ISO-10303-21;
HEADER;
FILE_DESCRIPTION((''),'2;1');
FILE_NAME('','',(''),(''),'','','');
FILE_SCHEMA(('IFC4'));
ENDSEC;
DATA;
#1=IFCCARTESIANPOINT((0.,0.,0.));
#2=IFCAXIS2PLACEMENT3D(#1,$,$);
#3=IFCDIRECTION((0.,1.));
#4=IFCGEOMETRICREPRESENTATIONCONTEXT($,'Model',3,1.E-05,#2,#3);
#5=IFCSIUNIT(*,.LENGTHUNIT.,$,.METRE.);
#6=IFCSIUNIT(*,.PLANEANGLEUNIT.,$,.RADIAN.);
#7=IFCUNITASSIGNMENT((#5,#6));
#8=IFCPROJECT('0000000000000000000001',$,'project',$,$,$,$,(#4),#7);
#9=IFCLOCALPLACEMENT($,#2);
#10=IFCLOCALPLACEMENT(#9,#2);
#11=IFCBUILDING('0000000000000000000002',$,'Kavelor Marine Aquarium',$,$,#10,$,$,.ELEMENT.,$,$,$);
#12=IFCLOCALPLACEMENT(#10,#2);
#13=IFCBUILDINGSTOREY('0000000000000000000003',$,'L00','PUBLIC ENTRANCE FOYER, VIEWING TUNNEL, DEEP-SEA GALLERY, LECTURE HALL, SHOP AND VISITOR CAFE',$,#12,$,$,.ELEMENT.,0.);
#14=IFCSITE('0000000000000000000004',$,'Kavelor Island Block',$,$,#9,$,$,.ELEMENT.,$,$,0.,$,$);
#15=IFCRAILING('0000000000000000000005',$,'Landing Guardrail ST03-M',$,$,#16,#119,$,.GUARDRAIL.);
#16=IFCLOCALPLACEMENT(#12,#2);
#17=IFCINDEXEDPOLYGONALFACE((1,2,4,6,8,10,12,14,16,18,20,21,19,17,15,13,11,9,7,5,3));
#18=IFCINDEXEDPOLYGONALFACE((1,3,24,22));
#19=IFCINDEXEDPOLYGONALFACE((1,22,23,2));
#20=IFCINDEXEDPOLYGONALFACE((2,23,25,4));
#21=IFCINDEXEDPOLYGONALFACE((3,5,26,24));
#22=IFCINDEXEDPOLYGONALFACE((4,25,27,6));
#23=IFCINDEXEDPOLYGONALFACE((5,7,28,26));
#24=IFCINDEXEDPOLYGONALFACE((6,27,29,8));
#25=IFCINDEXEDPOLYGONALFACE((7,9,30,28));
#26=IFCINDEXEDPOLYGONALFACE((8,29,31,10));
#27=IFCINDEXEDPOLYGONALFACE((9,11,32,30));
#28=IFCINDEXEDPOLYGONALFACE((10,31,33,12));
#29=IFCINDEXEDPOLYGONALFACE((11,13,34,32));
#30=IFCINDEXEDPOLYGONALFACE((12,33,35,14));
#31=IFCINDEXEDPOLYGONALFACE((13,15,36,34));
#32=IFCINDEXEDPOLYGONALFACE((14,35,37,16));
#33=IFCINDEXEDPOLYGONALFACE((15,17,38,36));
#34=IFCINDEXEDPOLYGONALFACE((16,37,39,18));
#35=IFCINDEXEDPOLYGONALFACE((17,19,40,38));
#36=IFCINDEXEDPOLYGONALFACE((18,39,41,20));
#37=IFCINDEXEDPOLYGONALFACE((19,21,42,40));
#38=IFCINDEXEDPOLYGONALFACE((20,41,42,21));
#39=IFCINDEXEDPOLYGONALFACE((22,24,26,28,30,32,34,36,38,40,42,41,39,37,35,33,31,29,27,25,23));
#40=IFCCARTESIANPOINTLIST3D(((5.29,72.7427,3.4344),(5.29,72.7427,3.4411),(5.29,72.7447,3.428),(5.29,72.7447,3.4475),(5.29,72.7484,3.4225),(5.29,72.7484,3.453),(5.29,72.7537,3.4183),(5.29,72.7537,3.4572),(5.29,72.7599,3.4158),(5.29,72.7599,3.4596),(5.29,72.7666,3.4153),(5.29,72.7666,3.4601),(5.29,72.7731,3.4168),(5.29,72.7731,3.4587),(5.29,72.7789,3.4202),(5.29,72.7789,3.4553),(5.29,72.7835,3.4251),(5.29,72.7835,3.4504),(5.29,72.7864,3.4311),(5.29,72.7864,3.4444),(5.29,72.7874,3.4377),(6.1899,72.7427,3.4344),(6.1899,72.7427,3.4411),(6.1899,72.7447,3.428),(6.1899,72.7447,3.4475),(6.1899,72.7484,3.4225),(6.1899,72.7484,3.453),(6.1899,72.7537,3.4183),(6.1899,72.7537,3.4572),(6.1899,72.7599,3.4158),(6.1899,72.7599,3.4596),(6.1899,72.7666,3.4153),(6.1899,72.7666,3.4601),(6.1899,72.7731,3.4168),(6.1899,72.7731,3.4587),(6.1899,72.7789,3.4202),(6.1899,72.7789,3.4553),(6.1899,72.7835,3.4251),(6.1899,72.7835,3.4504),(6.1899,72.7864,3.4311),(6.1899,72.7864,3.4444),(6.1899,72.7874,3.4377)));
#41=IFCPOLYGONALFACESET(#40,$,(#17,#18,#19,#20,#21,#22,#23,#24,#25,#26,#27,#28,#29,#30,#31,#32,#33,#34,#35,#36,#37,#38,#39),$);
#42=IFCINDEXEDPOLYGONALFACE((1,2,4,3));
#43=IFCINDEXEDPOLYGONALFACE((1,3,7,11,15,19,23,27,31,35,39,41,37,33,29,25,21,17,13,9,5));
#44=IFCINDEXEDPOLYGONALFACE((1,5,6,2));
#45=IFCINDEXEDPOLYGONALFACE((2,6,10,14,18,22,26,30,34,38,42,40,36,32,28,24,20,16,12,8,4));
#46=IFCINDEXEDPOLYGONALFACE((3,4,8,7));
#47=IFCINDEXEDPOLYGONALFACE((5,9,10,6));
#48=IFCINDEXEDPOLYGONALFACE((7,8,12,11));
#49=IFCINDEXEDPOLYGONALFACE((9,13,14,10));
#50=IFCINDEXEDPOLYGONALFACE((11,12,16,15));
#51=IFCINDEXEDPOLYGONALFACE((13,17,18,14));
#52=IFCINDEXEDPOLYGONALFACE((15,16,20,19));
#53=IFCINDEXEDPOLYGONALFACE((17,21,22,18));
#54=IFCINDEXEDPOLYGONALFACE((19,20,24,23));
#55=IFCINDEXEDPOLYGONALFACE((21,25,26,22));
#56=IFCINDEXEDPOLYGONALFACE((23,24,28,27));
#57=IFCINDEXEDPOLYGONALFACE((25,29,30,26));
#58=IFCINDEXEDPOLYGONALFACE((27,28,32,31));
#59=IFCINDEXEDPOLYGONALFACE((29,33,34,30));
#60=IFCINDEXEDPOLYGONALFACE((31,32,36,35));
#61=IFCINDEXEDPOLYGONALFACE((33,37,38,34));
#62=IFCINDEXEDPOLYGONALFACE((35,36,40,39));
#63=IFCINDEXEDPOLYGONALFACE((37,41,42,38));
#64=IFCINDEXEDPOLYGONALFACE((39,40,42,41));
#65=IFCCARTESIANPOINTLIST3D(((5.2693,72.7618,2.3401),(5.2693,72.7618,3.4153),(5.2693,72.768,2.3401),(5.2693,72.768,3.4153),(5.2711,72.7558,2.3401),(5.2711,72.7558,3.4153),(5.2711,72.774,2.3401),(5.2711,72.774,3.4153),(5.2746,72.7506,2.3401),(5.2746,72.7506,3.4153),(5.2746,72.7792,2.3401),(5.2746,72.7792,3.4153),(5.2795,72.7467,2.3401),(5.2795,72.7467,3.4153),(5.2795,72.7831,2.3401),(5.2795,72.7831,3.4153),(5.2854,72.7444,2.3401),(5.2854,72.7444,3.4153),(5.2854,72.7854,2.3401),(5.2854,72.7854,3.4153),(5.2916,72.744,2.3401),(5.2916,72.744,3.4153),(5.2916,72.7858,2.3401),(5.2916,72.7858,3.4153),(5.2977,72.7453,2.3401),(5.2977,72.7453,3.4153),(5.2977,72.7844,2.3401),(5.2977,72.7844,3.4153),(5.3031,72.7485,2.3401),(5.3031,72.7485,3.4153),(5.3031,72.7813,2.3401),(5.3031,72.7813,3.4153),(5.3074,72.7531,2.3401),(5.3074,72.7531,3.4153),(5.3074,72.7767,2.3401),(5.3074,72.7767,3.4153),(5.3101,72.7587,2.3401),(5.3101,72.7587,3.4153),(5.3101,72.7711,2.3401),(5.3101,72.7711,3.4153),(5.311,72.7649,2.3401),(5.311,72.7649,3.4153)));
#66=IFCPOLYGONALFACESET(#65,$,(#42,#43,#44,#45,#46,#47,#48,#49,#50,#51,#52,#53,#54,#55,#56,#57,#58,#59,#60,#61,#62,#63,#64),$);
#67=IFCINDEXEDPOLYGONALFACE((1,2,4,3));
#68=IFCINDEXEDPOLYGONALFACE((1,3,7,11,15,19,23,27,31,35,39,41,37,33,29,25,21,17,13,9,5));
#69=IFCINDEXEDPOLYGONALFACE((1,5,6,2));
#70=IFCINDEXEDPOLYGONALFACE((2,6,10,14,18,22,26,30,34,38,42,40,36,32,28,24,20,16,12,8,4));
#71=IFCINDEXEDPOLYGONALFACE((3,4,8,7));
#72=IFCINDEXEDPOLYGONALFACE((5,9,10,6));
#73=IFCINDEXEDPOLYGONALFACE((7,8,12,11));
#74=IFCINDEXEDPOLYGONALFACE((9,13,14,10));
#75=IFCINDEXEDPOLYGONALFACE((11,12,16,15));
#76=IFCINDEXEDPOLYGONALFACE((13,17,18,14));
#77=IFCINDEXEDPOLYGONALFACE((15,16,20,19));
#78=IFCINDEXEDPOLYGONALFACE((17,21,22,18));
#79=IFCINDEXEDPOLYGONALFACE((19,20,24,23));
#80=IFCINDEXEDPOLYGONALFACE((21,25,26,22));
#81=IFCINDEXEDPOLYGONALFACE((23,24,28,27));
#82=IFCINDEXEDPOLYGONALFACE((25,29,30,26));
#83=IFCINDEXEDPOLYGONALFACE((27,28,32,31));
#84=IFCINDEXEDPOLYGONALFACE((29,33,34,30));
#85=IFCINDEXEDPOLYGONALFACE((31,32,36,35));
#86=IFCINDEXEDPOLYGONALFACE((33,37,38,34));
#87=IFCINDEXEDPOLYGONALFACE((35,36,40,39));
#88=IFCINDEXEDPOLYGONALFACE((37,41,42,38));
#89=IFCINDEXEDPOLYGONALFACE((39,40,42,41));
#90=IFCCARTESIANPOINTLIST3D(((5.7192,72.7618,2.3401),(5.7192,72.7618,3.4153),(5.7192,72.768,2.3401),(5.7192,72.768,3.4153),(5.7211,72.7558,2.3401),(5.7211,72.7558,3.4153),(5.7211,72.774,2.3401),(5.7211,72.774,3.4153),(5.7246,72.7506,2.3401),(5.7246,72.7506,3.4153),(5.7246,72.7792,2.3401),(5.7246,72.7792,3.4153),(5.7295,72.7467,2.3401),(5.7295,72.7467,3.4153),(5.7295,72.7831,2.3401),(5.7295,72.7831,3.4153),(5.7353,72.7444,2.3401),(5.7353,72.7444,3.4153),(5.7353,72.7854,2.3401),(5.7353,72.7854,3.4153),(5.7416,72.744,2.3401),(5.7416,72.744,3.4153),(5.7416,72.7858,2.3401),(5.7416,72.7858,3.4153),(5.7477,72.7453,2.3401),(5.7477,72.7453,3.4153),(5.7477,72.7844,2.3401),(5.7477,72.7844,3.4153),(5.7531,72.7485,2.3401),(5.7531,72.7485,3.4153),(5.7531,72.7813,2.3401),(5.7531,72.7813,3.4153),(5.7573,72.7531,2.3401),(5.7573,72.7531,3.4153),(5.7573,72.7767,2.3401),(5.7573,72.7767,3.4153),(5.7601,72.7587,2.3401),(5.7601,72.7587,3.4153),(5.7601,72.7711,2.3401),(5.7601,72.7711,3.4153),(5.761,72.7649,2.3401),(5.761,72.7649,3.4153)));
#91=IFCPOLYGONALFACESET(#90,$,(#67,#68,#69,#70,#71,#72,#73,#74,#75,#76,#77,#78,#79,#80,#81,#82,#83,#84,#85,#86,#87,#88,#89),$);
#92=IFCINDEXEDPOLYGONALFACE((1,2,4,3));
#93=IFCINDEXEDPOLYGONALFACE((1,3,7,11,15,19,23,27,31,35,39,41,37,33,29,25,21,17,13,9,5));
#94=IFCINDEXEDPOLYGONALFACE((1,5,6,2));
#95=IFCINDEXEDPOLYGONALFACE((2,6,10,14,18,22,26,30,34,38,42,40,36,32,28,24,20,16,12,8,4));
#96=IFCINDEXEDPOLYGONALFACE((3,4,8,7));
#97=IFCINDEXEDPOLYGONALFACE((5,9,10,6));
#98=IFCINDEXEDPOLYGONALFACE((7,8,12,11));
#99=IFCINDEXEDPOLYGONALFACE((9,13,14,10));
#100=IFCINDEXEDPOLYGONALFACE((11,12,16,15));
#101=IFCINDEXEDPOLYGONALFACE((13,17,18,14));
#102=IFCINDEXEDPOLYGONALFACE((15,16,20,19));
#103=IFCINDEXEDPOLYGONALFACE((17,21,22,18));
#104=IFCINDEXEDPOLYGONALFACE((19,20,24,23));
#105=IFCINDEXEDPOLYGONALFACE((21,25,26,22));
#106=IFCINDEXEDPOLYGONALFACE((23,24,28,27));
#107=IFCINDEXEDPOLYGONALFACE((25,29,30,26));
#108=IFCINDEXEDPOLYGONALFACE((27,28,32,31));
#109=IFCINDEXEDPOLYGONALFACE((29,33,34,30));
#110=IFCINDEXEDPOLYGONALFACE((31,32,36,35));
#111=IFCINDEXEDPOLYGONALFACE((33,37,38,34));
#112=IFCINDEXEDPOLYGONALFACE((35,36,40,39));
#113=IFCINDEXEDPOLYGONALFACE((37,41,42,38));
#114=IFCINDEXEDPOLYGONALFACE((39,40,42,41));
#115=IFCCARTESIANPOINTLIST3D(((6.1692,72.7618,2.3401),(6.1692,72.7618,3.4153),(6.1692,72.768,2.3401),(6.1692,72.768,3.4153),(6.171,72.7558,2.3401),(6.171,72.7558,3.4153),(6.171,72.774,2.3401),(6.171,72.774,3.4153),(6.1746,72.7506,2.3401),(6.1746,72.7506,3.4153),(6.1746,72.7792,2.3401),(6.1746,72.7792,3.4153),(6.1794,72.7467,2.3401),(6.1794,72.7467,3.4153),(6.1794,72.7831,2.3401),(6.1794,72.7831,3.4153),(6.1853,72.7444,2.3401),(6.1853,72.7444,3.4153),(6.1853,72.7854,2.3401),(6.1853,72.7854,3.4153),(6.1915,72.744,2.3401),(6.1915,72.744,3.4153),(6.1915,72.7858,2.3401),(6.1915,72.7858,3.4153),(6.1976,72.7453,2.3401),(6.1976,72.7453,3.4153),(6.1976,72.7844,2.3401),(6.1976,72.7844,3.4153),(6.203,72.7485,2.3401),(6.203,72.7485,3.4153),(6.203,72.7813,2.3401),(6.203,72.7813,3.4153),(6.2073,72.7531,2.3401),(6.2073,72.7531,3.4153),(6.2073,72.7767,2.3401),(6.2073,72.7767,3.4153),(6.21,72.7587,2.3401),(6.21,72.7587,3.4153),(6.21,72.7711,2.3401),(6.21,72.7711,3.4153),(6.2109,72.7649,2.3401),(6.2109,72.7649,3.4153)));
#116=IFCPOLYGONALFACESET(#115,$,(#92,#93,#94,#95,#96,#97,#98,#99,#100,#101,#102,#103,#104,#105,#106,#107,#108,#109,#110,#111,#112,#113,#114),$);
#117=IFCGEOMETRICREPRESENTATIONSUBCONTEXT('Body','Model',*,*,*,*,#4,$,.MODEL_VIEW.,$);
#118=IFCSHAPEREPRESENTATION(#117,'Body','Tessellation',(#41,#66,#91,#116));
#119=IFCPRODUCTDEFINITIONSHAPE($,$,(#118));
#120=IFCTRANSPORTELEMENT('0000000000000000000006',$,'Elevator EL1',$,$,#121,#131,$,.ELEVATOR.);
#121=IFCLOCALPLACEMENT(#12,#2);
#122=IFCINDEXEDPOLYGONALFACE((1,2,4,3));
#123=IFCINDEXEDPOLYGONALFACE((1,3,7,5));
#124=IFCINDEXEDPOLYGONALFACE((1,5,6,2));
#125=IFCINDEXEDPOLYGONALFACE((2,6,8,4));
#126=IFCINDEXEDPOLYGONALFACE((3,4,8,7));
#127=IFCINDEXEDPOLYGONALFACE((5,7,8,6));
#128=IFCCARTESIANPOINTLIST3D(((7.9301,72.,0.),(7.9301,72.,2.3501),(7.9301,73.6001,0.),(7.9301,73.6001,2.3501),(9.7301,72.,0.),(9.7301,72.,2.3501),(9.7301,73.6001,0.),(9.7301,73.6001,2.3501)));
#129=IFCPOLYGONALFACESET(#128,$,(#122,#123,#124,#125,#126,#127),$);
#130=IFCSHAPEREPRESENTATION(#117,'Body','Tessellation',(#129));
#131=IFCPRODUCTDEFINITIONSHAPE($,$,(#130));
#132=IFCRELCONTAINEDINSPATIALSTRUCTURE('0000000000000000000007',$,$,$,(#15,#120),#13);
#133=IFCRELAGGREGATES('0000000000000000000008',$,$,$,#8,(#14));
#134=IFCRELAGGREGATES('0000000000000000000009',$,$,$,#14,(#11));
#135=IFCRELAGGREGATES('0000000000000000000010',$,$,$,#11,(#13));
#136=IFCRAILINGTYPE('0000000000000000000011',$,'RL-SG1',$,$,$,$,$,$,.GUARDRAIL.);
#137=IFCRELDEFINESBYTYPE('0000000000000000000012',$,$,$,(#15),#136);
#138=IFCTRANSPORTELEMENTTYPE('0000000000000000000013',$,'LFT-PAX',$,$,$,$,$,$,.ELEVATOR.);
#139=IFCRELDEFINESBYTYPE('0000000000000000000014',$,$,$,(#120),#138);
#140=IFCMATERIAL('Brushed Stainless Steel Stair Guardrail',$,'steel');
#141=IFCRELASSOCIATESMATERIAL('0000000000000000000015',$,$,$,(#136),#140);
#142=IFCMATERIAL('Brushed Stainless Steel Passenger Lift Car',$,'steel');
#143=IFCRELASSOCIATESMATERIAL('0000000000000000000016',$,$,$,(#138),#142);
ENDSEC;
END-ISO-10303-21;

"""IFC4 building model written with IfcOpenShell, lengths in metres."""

from ifc_helpers import new_model, si_unit, direction, frame, origin, origin_2d, place, context, subcontext, project, spatial, rectangle, circle, extrude, material, type_object, element, save


model = new_model("IFC4")

# Units and contexts
model_context = context("Model", 3, precision=1e-05, world=origin(), true_north=direction((0.0, 1.0)))
body_context = subcontext(model_context, "Body", "Model", "MODEL_VIEW")
ifc_project = project(units=[si_unit("LENGTHUNIT", "METRE"), si_unit("PLANEANGLEUNIT", "RADIAN")], contexts=[model_context])

# Site, building, storey
site_placement = place(None, origin())
site = spatial("IfcSite", under=ifc_project, at=site_placement, Name="Kavelor Island Block", CompositionType="ELEMENT", RefElevation=0.0)
building_placement = place(site_placement, origin())
building = spatial("IfcBuilding", under=site, at=building_placement, Name="Kavelor Marine Aquarium", CompositionType="ELEMENT")
storey_placement = place(building_placement, origin())
storey = spatial("IfcBuildingStorey", under=building, at=storey_placement, Name="L00", Description="PUBLIC ENTRANCE FOYER, VIEWING TUNNEL, DEEP-SEA GALLERY, LECTURE HALL, SHOP AND VISITOR CAFE", CompositionType="ELEMENT", Elevation=0.0)

# Railing
ifc_material_1 = material(Name="Brushed Stainless Steel Stair Guardrail", Category="steel")
railing_type_1 = type_object("IfcRailingType", Name="RL-SG1", PredefinedType="GUARDRAIL", material=ifc_material_1)
railing_1_placement = place(storey_placement, frame((5.29, 72.7649, 2.3401)))
element("IfcRailing", 1, at=railing_1_placement, inside=storey, type_object=railing_type_1, Name="Landing Guardrail ST03-M", PredefinedType="GUARDRAIL", context=body_context, shape_type="SweptSolid", body=[
    extrude(circle(Radius=0.0225, at=origin_2d()), frame((0.0, 0.0, 1.0977), z_axis=(1.0, 0.0, 0.0), x_axis=(0.0, 1.0, 0.0)), (0.0, 0.0, 1.0), 0.8999),
    extrude(circle(Radius=0.021, at=origin_2d()), origin(), (0.0, 0.0, 1.0), 1.0752),
    extrude(circle(Radius=0.021, at=origin_2d()), frame((0.45, 0.0, 0.0)), (0.0, 0.0, 1.0), 1.0752),
    extrude(circle(Radius=0.021, at=origin_2d()), frame((0.8999, 0.0, 0.0)), (0.0, 0.0, 1.0), 1.0752),
])

# Transport element
ifc_material_2 = material(Name="Brushed Stainless Steel Passenger Lift Car", Category="steel")
transport_element_type = type_object("IfcTransportElementType", Name="LFT-PAX", PredefinedType="ELEVATOR", material=ifc_material_2)
transport_element_placement = place(storey_placement, frame((8.8301, 72.8, 0.0), z_axis=(0.0, 0.0, 1.0), x_axis=(1.0, 0.0, 0.0)))
element("IfcTransportElement", 2, at=transport_element_placement, inside=storey, type_object=transport_element_type, Name="Elevator EL1", PredefinedType="ELEVATOR", context=body_context, shape_type="SweptSolid", body=[
    extrude(rectangle(XDim=1.8, YDim=1.6001, at=origin_2d()), origin(), (0.0, 0.0, 1.0), 2.3501),
])

save(model, "model.ifc")
